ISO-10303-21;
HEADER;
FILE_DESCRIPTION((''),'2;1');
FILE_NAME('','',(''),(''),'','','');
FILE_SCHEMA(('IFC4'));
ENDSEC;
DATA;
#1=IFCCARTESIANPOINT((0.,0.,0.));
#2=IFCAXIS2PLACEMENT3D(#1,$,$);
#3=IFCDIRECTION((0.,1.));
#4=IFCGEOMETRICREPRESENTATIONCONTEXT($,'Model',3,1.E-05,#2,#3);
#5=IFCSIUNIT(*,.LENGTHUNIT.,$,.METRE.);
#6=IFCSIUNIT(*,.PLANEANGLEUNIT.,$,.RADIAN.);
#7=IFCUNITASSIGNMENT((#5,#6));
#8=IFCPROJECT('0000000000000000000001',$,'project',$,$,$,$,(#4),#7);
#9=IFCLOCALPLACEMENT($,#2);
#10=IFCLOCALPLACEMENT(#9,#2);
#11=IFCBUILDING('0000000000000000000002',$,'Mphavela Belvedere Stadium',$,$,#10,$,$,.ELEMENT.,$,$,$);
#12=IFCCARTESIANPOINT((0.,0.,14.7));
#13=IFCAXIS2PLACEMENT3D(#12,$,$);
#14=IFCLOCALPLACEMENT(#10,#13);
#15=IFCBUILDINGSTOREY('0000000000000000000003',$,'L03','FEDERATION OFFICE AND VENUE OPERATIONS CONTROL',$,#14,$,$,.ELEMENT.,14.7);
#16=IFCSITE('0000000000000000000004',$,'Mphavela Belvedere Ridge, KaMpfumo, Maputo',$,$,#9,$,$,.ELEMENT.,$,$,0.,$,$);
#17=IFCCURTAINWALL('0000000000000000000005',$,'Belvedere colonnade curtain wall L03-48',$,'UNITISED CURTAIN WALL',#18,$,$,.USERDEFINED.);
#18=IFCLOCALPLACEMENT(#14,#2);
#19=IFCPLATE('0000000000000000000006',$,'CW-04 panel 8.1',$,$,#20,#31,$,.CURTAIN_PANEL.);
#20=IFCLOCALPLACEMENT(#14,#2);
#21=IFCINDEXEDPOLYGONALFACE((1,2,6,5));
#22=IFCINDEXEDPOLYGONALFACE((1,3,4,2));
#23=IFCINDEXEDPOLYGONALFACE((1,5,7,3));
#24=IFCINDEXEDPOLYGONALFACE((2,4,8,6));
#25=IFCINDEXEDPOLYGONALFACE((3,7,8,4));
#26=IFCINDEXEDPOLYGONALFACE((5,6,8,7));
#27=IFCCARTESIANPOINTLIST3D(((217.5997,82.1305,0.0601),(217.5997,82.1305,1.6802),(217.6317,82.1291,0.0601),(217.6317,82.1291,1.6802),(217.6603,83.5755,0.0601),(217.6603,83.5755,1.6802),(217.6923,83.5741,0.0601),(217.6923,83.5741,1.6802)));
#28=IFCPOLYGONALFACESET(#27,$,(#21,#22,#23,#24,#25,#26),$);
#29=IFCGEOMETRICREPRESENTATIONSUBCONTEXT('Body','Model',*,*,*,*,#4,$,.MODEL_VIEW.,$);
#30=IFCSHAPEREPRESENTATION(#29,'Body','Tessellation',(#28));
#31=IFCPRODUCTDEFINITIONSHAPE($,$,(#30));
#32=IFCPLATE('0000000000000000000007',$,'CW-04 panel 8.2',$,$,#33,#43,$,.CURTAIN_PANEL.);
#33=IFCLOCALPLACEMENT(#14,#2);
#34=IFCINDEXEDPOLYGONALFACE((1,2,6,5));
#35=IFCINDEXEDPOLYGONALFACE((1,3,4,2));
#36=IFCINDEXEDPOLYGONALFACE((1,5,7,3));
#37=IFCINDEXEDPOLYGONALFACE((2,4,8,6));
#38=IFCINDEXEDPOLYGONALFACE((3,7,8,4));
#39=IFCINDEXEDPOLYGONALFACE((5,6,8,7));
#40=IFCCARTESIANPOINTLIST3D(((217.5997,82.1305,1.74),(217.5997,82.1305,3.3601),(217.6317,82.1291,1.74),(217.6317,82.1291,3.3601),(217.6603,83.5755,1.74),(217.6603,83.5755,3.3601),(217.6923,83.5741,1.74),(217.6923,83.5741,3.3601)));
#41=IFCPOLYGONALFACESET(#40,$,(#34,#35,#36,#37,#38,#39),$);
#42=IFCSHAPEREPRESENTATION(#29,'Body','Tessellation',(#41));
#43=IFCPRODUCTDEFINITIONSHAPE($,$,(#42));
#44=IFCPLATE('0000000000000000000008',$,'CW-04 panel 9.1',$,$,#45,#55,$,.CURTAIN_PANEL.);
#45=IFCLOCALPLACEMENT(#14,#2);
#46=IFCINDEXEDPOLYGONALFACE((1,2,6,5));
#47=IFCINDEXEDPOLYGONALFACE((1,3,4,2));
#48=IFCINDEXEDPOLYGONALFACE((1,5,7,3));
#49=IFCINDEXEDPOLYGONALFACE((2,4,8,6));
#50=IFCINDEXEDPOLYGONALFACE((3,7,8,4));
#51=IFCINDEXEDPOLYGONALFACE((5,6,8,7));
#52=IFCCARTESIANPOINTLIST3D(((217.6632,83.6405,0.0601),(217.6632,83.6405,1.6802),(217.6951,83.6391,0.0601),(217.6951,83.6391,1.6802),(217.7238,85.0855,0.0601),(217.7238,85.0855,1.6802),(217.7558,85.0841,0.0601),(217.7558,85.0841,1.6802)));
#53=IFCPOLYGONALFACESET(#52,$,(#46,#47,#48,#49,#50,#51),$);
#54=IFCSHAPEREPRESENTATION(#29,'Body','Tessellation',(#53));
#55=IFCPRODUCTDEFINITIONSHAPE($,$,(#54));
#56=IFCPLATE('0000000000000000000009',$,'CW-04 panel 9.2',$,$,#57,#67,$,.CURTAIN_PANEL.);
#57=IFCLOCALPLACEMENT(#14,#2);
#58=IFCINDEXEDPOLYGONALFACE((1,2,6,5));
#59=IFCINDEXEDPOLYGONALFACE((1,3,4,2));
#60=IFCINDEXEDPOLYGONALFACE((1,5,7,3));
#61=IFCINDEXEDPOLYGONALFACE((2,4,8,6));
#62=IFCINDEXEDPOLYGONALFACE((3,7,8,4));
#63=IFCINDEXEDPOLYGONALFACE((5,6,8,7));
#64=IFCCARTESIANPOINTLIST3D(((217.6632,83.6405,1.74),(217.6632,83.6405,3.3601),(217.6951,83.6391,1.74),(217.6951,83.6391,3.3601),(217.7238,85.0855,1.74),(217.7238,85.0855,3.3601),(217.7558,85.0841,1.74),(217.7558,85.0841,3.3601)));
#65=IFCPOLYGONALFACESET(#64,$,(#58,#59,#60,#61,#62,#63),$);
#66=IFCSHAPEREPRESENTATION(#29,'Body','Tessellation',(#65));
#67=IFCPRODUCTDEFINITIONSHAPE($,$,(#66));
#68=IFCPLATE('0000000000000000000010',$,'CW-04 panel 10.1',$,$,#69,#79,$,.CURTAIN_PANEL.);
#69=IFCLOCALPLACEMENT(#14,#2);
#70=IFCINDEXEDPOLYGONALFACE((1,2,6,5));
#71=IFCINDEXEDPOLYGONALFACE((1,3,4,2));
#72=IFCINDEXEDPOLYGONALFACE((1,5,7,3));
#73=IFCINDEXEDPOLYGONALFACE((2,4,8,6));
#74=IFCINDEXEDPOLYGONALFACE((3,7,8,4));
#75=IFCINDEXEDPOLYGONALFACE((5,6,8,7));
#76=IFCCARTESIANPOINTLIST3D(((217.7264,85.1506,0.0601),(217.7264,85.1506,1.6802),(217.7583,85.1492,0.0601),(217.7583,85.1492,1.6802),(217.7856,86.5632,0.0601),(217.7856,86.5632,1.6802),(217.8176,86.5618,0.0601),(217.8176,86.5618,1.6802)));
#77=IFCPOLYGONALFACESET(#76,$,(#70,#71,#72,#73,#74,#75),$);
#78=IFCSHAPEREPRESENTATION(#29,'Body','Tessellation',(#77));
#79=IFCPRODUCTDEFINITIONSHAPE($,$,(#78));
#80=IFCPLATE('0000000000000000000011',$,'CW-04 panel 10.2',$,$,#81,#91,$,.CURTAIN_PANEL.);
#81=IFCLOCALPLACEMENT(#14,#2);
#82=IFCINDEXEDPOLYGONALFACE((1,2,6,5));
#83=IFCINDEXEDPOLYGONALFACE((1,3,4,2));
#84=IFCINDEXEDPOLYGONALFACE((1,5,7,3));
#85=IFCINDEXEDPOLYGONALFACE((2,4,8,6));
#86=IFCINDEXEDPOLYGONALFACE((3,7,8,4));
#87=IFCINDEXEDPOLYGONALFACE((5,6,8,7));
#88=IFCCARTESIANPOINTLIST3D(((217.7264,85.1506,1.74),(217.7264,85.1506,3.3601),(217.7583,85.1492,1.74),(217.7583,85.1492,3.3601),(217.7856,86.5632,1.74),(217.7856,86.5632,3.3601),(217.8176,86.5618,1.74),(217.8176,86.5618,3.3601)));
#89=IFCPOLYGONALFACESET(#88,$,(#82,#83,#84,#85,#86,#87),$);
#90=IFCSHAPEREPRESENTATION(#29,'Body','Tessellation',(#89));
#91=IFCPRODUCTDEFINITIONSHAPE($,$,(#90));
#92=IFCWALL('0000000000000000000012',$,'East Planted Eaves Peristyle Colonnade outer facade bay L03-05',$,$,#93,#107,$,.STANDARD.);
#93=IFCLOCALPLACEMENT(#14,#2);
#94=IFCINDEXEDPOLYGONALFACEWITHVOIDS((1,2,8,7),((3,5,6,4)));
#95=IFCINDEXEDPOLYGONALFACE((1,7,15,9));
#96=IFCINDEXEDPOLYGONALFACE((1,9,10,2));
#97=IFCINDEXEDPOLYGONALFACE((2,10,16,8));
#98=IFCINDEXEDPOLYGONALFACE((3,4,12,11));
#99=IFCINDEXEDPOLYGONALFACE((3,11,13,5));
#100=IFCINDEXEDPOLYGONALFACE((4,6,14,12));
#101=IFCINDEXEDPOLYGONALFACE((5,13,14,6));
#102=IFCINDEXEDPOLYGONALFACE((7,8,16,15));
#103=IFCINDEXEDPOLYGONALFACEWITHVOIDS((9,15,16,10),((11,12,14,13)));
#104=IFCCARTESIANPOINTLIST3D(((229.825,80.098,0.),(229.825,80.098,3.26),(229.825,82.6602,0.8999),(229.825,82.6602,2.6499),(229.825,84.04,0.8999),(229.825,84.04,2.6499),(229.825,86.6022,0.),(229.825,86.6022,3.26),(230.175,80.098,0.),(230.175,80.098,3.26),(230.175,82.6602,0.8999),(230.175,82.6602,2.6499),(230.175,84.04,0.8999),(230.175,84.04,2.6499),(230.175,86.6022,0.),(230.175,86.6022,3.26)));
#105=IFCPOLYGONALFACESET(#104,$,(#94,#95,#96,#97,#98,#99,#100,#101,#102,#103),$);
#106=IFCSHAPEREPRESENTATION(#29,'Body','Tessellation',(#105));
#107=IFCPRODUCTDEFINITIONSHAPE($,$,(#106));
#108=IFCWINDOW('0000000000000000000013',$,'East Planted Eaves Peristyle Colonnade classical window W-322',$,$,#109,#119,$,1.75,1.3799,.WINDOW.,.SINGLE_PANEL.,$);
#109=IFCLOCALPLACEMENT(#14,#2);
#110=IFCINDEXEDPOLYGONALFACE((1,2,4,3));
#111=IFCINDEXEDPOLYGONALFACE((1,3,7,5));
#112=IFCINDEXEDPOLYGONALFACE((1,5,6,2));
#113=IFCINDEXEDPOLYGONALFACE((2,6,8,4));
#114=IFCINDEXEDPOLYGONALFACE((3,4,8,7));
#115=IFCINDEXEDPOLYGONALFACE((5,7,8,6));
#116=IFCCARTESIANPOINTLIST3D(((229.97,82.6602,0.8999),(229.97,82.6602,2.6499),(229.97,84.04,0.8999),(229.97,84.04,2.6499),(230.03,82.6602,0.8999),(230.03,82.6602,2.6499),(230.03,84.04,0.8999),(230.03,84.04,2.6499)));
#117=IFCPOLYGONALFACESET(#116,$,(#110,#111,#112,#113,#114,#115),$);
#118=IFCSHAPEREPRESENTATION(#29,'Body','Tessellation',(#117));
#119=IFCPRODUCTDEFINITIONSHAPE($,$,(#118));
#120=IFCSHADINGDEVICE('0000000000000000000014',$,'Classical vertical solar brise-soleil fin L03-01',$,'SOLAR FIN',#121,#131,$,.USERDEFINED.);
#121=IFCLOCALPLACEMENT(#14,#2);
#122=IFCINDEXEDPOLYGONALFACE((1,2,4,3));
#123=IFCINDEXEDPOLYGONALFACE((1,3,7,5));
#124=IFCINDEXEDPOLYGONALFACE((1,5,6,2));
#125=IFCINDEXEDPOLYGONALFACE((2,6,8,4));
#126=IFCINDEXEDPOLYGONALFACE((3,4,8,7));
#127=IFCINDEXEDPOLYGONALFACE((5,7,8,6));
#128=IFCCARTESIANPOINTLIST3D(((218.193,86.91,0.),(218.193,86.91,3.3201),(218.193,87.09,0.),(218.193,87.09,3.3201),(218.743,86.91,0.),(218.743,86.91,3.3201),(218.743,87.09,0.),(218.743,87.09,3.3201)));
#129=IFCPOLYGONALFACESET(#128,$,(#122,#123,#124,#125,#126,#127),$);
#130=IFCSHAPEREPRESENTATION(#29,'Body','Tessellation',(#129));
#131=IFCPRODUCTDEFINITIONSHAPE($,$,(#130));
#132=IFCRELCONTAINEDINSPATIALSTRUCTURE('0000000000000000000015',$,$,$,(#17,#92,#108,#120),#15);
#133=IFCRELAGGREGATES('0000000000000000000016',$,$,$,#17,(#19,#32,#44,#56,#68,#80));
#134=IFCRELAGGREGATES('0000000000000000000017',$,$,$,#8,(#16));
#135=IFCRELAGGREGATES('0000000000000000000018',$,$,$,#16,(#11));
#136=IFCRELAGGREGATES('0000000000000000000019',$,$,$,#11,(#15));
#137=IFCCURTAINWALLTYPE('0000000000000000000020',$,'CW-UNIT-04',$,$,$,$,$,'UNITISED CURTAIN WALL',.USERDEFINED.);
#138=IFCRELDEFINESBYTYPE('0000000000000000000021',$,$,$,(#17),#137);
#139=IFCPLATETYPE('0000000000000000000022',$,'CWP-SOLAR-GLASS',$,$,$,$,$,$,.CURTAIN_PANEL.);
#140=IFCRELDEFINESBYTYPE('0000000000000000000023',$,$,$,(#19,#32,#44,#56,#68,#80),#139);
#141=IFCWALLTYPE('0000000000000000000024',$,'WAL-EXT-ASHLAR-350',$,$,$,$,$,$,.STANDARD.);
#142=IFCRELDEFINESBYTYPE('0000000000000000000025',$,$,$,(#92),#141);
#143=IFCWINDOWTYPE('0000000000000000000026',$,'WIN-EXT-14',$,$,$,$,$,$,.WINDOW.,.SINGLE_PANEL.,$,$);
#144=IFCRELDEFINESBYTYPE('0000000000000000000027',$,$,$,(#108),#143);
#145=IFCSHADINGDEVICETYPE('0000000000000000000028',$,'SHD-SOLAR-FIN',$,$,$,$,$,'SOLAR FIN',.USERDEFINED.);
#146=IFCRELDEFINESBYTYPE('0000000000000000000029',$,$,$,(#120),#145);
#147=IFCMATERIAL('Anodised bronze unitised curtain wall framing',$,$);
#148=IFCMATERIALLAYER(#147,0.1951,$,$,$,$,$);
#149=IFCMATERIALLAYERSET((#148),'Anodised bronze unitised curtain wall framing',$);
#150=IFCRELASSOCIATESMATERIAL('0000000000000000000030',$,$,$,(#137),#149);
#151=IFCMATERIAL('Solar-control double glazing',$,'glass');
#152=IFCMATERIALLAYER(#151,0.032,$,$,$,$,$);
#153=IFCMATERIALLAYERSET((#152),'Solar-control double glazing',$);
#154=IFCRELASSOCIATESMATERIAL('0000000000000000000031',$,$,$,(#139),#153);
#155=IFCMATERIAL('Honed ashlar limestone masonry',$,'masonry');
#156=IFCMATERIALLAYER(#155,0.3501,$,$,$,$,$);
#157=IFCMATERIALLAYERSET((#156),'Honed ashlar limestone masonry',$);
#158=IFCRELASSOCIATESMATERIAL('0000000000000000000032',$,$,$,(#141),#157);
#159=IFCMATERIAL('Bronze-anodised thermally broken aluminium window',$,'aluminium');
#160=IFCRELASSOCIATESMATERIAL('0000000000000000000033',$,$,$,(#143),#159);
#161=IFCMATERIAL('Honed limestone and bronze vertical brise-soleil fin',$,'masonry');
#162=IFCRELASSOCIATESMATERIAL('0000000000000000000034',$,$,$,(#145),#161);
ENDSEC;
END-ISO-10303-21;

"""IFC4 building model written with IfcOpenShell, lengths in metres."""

from ifc_helpers import new_model, si_unit, direction, frame, frame_2d, origin, origin_2d, place, context, subcontext, project, spatial, rectangle, extrude, material, layer, layer_set, type_object, element, fill, aggregate, save


model = new_model("IFC4")

# Units and contexts
model_context = context("Model", 3, precision=1e-05, world=origin(), true_north=direction((0.0, 1.0)))
body_context = subcontext(model_context, "Body", "Model", "MODEL_VIEW")
ifc_project = project(units=[si_unit("LENGTHUNIT", "METRE"), si_unit("PLANEANGLEUNIT", "RADIAN")], contexts=[model_context])

# Site, building, storey
site_placement = place(None, origin())
site = spatial("IfcSite", under=ifc_project, at=site_placement, Name="Mphavela Belvedere Ridge, KaMpfumo, Maputo", CompositionType="ELEMENT", RefElevation=0.0)
building_placement = place(site_placement, origin())
building = spatial("IfcBuilding", under=site, at=building_placement, Name="Mphavela Belvedere Stadium", CompositionType="ELEMENT")
storey_placement = place(building_placement, frame((0.0, 0.0, 14.7)))
storey = spatial("IfcBuildingStorey", under=building, at=storey_placement, Name="L03", Description="FEDERATION OFFICE AND VENUE OPERATIONS CONTROL", CompositionType="ELEMENT", Elevation=14.7)

# Curtain wall, plates
ifc_material_1 = material(Name="Anodised bronze unitised curtain wall framing")
ifc_layer_1 = layer(ifc_material_1, 0.1951)
ifc_layer_set_1 = layer_set([ifc_layer_1], Name="Anodised bronze unitised curtain wall framing")
curtain_wall_type_1 = type_object("IfcCurtainWallType", Name="CW-UNIT-04", ElementType="UNITISED CURTAIN WALL", PredefinedType="USERDEFINED", material=ifc_layer_set_1)
curtain_wall_1_placement = place(storey_placement, origin())
curtain_wall_1 = element("IfcCurtainWall", 1, at=curtain_wall_1_placement, inside=storey, type_object=curtain_wall_type_1, Name="Belvedere colonnade curtain wall L03-48", ObjectType="UNITISED CURTAIN WALL", PredefinedType="USERDEFINED")
ifc_material_2 = material(Name="Solar-control double glazing", Category="glass")
ifc_layer_2 = layer(ifc_material_2, 0.032)
ifc_layer_set_2 = layer_set([ifc_layer_2], Name="Solar-control double glazing")
plate_type = type_object("IfcPlateType", Name="CWP-SOLAR-GLASS", PredefinedType="CURTAIN_PANEL", material=ifc_layer_set_2)
plate_1_placement = place(storey_placement, frame((217.646, 82.8523, 0.0601), z_axis=(0.0, 0.0, 1.0), x_axis=(0.041911, 0.999121, 0.0)))
plate_1 = element("IfcPlate", 2, at=plate_1_placement, type_object=plate_type, Name="CW-04 panel 8.1", PredefinedType="CURTAIN_PANEL", context=body_context, shape_type="SweptSolid", body=[
    extrude(rectangle(XDim=1.4463, YDim=0.032, at=origin_2d()), origin(), (0.0, 0.0, 1.0), 1.6201),
])
plate_2_placement = place(storey_placement, frame((217.646, 82.8523, 1.74), z_axis=(0.0, 0.0, 1.0), x_axis=(0.041911, 0.999121, 0.0)))
plate_2 = element("IfcPlate", 3, at=plate_2_placement, type_object=plate_type, Name="CW-04 panel 8.2", PredefinedType="CURTAIN_PANEL", context=body_context, shape_type="SweptSolid", body=[
    extrude(rectangle(XDim=1.4463, YDim=0.032, at=origin_2d()), origin(), (0.0, 0.0, 1.0), 1.6201),
])
plate_3_placement = place(storey_placement, frame((217.7095, 84.3623, 0.0601), z_axis=(0.0, 0.0, 1.0), x_axis=(0.041911, 0.999121, 0.0)))
plate_3 = element("IfcPlate", 4, at=plate_3_placement, type_object=plate_type, Name="CW-04 panel 9.1", PredefinedType="CURTAIN_PANEL", context=body_context, shape_type="SweptSolid", body=[
    extrude(rectangle(XDim=1.4463, YDim=0.032, at=origin_2d()), origin(), (0.0, 0.0, 1.0), 1.6201),
])
plate_4_placement = place(storey_placement, frame((217.7095, 84.3623, 1.74), z_axis=(0.0, 0.0, 1.0), x_axis=(0.041911, 0.999121, 0.0)))
plate_4 = element("IfcPlate", 5, at=plate_4_placement, type_object=plate_type, Name="CW-04 panel 9.2", PredefinedType="CURTAIN_PANEL", context=body_context, shape_type="SweptSolid", body=[
    extrude(rectangle(XDim=1.4463, YDim=0.032, at=origin_2d()), origin(), (0.0, 0.0, 1.0), 1.6201),
])
plate_5_placement = place(storey_placement, frame((217.772, 85.8562, 0.0601), z_axis=(0.0, 0.0, 1.0), x_axis=(0.041911, 0.999121, 0.0)))
plate_5 = element("IfcPlate", 6, at=plate_5_placement, type_object=plate_type, Name="CW-04 panel 10.1", PredefinedType="CURTAIN_PANEL", context=body_context, shape_type="SweptSolid", body=[
    extrude(rectangle(XDim=1.4138, YDim=0.032, at=origin_2d()), origin(), (0.0, 0.0, 1.0), 1.6201),
])
plate_6_placement = place(storey_placement, frame((217.772, 85.8562, 1.74), z_axis=(0.0, 0.0, 1.0), x_axis=(0.041911, 0.999121, 0.0)))
plate_6 = element("IfcPlate", 7, at=plate_6_placement, type_object=plate_type, Name="CW-04 panel 10.2", PredefinedType="CURTAIN_PANEL", context=body_context, shape_type="SweptSolid", body=[
    extrude(rectangle(XDim=1.4138, YDim=0.032, at=origin_2d()), origin(), (0.0, 0.0, 1.0), 1.6201),
])
aggregate(curtain_wall_1, [plate_1, plate_2, plate_3, plate_4, plate_5, plate_6])

# Wall, opening, window
ifc_material_3 = material(Name="Honed ashlar limestone masonry", Category="masonry")
ifc_layer_3 = layer(ifc_material_3, 0.3501)
ifc_layer_set_3 = layer_set([ifc_layer_3], Name="Honed ashlar limestone masonry")
wall_type = type_object("IfcWallType", Name="WAL-EXT-ASHLAR-350", PredefinedType="STANDARD", material=ifc_layer_set_3)
wall_placement = place(storey_placement, frame((230.0, 86.6021, 0.0), z_axis=(0.0, 0.0, 1.0), x_axis=(0.0, -1.0, 0.0)))
wall = element("IfcWall", 8, at=wall_placement, inside=storey, type_object=wall_type, Name="East Planted Eaves Peristyle Colonnade outer facade bay L03-05", PredefinedType="STANDARD", context=body_context, shape_type="SweptSolid", body=[
    extrude(rectangle(XDim=6.5042, YDim=0.3501, at=frame_2d((3.252, 0.0))), origin(), (0.0, 0.0, 1.0), 3.26),
])
opening_placement = place(wall_placement, frame((2.562, 0.0, 0.8999)))
opening = element("IfcOpeningElement", 9, at=opening_placement, cuts=wall, PredefinedType="OPENING", context=body_context, shape_type="SweptSolid", body=[
    extrude(rectangle(XDim=1.3799, YDim=1.75, at=frame_2d((0.6899, 0.875))), frame((0.0, 0.1851, 0.0), z_axis=(0.0, -1.0, 0.0), x_axis=(1.0, 0.0, 0.0)), (0.0, 0.0, 1.0), 0.3701),
])
ifc_material_4 = material(Name="Bronze-anodised thermally broken aluminium window", Category="aluminium")
window_type = type_object("IfcWindowType", Name="WIN-EXT-14", PartitioningType="SINGLE_PANEL", PredefinedType="WINDOW", material=ifc_material_4)
window_placement = place(opening_placement, origin())
window = element("IfcWindow", 10, at=window_placement, inside=storey, type_object=window_type, Name="East Planted Eaves Peristyle Colonnade classical window W-322", OverallHeight=1.75, OverallWidth=1.3799, PartitioningType="SINGLE_PANEL", PredefinedType="WINDOW", context=body_context, shape_type="SweptSolid", body=[
    extrude(rectangle(XDim=1.3799, YDim=1.75, at=frame_2d((0.6899, 0.875))), frame((0.0, 0.03, 0.0), z_axis=(0.0, -1.0, 0.0), x_axis=(1.0, 0.0, 0.0)), (0.0, 0.0, 1.0), 0.0601),
])
fill(opening, window)

# Shading device
ifc_material_5 = material(Name="Honed limestone and bronze vertical brise-soleil fin", Category="masonry")
shading_device_type = type_object("IfcShadingDeviceType", Name="SHD-SOLAR-FIN", ElementType="SOLAR FIN", PredefinedType="USERDEFINED", material=ifc_material_5)
shading_device_placement = place(storey_placement, frame((218.468, 87.0, 0.0), z_axis=(0.0, 0.0, 1.0), x_axis=(1.0, 0.0, 0.0)))
element("IfcShadingDevice", 11, at=shading_device_placement, inside=storey, type_object=shading_device_type, Name="Classical vertical solar brise-soleil fin L03-01", ObjectType="SOLAR FIN", PredefinedType="USERDEFINED", context=body_context, shape_type="SweptSolid", body=[
    extrude(rectangle(XDim=0.55, YDim=0.1799, at=origin_2d()), origin(), (0.0, 0.0, 1.0), 3.3201),
])

save(model, "model.ifc")
